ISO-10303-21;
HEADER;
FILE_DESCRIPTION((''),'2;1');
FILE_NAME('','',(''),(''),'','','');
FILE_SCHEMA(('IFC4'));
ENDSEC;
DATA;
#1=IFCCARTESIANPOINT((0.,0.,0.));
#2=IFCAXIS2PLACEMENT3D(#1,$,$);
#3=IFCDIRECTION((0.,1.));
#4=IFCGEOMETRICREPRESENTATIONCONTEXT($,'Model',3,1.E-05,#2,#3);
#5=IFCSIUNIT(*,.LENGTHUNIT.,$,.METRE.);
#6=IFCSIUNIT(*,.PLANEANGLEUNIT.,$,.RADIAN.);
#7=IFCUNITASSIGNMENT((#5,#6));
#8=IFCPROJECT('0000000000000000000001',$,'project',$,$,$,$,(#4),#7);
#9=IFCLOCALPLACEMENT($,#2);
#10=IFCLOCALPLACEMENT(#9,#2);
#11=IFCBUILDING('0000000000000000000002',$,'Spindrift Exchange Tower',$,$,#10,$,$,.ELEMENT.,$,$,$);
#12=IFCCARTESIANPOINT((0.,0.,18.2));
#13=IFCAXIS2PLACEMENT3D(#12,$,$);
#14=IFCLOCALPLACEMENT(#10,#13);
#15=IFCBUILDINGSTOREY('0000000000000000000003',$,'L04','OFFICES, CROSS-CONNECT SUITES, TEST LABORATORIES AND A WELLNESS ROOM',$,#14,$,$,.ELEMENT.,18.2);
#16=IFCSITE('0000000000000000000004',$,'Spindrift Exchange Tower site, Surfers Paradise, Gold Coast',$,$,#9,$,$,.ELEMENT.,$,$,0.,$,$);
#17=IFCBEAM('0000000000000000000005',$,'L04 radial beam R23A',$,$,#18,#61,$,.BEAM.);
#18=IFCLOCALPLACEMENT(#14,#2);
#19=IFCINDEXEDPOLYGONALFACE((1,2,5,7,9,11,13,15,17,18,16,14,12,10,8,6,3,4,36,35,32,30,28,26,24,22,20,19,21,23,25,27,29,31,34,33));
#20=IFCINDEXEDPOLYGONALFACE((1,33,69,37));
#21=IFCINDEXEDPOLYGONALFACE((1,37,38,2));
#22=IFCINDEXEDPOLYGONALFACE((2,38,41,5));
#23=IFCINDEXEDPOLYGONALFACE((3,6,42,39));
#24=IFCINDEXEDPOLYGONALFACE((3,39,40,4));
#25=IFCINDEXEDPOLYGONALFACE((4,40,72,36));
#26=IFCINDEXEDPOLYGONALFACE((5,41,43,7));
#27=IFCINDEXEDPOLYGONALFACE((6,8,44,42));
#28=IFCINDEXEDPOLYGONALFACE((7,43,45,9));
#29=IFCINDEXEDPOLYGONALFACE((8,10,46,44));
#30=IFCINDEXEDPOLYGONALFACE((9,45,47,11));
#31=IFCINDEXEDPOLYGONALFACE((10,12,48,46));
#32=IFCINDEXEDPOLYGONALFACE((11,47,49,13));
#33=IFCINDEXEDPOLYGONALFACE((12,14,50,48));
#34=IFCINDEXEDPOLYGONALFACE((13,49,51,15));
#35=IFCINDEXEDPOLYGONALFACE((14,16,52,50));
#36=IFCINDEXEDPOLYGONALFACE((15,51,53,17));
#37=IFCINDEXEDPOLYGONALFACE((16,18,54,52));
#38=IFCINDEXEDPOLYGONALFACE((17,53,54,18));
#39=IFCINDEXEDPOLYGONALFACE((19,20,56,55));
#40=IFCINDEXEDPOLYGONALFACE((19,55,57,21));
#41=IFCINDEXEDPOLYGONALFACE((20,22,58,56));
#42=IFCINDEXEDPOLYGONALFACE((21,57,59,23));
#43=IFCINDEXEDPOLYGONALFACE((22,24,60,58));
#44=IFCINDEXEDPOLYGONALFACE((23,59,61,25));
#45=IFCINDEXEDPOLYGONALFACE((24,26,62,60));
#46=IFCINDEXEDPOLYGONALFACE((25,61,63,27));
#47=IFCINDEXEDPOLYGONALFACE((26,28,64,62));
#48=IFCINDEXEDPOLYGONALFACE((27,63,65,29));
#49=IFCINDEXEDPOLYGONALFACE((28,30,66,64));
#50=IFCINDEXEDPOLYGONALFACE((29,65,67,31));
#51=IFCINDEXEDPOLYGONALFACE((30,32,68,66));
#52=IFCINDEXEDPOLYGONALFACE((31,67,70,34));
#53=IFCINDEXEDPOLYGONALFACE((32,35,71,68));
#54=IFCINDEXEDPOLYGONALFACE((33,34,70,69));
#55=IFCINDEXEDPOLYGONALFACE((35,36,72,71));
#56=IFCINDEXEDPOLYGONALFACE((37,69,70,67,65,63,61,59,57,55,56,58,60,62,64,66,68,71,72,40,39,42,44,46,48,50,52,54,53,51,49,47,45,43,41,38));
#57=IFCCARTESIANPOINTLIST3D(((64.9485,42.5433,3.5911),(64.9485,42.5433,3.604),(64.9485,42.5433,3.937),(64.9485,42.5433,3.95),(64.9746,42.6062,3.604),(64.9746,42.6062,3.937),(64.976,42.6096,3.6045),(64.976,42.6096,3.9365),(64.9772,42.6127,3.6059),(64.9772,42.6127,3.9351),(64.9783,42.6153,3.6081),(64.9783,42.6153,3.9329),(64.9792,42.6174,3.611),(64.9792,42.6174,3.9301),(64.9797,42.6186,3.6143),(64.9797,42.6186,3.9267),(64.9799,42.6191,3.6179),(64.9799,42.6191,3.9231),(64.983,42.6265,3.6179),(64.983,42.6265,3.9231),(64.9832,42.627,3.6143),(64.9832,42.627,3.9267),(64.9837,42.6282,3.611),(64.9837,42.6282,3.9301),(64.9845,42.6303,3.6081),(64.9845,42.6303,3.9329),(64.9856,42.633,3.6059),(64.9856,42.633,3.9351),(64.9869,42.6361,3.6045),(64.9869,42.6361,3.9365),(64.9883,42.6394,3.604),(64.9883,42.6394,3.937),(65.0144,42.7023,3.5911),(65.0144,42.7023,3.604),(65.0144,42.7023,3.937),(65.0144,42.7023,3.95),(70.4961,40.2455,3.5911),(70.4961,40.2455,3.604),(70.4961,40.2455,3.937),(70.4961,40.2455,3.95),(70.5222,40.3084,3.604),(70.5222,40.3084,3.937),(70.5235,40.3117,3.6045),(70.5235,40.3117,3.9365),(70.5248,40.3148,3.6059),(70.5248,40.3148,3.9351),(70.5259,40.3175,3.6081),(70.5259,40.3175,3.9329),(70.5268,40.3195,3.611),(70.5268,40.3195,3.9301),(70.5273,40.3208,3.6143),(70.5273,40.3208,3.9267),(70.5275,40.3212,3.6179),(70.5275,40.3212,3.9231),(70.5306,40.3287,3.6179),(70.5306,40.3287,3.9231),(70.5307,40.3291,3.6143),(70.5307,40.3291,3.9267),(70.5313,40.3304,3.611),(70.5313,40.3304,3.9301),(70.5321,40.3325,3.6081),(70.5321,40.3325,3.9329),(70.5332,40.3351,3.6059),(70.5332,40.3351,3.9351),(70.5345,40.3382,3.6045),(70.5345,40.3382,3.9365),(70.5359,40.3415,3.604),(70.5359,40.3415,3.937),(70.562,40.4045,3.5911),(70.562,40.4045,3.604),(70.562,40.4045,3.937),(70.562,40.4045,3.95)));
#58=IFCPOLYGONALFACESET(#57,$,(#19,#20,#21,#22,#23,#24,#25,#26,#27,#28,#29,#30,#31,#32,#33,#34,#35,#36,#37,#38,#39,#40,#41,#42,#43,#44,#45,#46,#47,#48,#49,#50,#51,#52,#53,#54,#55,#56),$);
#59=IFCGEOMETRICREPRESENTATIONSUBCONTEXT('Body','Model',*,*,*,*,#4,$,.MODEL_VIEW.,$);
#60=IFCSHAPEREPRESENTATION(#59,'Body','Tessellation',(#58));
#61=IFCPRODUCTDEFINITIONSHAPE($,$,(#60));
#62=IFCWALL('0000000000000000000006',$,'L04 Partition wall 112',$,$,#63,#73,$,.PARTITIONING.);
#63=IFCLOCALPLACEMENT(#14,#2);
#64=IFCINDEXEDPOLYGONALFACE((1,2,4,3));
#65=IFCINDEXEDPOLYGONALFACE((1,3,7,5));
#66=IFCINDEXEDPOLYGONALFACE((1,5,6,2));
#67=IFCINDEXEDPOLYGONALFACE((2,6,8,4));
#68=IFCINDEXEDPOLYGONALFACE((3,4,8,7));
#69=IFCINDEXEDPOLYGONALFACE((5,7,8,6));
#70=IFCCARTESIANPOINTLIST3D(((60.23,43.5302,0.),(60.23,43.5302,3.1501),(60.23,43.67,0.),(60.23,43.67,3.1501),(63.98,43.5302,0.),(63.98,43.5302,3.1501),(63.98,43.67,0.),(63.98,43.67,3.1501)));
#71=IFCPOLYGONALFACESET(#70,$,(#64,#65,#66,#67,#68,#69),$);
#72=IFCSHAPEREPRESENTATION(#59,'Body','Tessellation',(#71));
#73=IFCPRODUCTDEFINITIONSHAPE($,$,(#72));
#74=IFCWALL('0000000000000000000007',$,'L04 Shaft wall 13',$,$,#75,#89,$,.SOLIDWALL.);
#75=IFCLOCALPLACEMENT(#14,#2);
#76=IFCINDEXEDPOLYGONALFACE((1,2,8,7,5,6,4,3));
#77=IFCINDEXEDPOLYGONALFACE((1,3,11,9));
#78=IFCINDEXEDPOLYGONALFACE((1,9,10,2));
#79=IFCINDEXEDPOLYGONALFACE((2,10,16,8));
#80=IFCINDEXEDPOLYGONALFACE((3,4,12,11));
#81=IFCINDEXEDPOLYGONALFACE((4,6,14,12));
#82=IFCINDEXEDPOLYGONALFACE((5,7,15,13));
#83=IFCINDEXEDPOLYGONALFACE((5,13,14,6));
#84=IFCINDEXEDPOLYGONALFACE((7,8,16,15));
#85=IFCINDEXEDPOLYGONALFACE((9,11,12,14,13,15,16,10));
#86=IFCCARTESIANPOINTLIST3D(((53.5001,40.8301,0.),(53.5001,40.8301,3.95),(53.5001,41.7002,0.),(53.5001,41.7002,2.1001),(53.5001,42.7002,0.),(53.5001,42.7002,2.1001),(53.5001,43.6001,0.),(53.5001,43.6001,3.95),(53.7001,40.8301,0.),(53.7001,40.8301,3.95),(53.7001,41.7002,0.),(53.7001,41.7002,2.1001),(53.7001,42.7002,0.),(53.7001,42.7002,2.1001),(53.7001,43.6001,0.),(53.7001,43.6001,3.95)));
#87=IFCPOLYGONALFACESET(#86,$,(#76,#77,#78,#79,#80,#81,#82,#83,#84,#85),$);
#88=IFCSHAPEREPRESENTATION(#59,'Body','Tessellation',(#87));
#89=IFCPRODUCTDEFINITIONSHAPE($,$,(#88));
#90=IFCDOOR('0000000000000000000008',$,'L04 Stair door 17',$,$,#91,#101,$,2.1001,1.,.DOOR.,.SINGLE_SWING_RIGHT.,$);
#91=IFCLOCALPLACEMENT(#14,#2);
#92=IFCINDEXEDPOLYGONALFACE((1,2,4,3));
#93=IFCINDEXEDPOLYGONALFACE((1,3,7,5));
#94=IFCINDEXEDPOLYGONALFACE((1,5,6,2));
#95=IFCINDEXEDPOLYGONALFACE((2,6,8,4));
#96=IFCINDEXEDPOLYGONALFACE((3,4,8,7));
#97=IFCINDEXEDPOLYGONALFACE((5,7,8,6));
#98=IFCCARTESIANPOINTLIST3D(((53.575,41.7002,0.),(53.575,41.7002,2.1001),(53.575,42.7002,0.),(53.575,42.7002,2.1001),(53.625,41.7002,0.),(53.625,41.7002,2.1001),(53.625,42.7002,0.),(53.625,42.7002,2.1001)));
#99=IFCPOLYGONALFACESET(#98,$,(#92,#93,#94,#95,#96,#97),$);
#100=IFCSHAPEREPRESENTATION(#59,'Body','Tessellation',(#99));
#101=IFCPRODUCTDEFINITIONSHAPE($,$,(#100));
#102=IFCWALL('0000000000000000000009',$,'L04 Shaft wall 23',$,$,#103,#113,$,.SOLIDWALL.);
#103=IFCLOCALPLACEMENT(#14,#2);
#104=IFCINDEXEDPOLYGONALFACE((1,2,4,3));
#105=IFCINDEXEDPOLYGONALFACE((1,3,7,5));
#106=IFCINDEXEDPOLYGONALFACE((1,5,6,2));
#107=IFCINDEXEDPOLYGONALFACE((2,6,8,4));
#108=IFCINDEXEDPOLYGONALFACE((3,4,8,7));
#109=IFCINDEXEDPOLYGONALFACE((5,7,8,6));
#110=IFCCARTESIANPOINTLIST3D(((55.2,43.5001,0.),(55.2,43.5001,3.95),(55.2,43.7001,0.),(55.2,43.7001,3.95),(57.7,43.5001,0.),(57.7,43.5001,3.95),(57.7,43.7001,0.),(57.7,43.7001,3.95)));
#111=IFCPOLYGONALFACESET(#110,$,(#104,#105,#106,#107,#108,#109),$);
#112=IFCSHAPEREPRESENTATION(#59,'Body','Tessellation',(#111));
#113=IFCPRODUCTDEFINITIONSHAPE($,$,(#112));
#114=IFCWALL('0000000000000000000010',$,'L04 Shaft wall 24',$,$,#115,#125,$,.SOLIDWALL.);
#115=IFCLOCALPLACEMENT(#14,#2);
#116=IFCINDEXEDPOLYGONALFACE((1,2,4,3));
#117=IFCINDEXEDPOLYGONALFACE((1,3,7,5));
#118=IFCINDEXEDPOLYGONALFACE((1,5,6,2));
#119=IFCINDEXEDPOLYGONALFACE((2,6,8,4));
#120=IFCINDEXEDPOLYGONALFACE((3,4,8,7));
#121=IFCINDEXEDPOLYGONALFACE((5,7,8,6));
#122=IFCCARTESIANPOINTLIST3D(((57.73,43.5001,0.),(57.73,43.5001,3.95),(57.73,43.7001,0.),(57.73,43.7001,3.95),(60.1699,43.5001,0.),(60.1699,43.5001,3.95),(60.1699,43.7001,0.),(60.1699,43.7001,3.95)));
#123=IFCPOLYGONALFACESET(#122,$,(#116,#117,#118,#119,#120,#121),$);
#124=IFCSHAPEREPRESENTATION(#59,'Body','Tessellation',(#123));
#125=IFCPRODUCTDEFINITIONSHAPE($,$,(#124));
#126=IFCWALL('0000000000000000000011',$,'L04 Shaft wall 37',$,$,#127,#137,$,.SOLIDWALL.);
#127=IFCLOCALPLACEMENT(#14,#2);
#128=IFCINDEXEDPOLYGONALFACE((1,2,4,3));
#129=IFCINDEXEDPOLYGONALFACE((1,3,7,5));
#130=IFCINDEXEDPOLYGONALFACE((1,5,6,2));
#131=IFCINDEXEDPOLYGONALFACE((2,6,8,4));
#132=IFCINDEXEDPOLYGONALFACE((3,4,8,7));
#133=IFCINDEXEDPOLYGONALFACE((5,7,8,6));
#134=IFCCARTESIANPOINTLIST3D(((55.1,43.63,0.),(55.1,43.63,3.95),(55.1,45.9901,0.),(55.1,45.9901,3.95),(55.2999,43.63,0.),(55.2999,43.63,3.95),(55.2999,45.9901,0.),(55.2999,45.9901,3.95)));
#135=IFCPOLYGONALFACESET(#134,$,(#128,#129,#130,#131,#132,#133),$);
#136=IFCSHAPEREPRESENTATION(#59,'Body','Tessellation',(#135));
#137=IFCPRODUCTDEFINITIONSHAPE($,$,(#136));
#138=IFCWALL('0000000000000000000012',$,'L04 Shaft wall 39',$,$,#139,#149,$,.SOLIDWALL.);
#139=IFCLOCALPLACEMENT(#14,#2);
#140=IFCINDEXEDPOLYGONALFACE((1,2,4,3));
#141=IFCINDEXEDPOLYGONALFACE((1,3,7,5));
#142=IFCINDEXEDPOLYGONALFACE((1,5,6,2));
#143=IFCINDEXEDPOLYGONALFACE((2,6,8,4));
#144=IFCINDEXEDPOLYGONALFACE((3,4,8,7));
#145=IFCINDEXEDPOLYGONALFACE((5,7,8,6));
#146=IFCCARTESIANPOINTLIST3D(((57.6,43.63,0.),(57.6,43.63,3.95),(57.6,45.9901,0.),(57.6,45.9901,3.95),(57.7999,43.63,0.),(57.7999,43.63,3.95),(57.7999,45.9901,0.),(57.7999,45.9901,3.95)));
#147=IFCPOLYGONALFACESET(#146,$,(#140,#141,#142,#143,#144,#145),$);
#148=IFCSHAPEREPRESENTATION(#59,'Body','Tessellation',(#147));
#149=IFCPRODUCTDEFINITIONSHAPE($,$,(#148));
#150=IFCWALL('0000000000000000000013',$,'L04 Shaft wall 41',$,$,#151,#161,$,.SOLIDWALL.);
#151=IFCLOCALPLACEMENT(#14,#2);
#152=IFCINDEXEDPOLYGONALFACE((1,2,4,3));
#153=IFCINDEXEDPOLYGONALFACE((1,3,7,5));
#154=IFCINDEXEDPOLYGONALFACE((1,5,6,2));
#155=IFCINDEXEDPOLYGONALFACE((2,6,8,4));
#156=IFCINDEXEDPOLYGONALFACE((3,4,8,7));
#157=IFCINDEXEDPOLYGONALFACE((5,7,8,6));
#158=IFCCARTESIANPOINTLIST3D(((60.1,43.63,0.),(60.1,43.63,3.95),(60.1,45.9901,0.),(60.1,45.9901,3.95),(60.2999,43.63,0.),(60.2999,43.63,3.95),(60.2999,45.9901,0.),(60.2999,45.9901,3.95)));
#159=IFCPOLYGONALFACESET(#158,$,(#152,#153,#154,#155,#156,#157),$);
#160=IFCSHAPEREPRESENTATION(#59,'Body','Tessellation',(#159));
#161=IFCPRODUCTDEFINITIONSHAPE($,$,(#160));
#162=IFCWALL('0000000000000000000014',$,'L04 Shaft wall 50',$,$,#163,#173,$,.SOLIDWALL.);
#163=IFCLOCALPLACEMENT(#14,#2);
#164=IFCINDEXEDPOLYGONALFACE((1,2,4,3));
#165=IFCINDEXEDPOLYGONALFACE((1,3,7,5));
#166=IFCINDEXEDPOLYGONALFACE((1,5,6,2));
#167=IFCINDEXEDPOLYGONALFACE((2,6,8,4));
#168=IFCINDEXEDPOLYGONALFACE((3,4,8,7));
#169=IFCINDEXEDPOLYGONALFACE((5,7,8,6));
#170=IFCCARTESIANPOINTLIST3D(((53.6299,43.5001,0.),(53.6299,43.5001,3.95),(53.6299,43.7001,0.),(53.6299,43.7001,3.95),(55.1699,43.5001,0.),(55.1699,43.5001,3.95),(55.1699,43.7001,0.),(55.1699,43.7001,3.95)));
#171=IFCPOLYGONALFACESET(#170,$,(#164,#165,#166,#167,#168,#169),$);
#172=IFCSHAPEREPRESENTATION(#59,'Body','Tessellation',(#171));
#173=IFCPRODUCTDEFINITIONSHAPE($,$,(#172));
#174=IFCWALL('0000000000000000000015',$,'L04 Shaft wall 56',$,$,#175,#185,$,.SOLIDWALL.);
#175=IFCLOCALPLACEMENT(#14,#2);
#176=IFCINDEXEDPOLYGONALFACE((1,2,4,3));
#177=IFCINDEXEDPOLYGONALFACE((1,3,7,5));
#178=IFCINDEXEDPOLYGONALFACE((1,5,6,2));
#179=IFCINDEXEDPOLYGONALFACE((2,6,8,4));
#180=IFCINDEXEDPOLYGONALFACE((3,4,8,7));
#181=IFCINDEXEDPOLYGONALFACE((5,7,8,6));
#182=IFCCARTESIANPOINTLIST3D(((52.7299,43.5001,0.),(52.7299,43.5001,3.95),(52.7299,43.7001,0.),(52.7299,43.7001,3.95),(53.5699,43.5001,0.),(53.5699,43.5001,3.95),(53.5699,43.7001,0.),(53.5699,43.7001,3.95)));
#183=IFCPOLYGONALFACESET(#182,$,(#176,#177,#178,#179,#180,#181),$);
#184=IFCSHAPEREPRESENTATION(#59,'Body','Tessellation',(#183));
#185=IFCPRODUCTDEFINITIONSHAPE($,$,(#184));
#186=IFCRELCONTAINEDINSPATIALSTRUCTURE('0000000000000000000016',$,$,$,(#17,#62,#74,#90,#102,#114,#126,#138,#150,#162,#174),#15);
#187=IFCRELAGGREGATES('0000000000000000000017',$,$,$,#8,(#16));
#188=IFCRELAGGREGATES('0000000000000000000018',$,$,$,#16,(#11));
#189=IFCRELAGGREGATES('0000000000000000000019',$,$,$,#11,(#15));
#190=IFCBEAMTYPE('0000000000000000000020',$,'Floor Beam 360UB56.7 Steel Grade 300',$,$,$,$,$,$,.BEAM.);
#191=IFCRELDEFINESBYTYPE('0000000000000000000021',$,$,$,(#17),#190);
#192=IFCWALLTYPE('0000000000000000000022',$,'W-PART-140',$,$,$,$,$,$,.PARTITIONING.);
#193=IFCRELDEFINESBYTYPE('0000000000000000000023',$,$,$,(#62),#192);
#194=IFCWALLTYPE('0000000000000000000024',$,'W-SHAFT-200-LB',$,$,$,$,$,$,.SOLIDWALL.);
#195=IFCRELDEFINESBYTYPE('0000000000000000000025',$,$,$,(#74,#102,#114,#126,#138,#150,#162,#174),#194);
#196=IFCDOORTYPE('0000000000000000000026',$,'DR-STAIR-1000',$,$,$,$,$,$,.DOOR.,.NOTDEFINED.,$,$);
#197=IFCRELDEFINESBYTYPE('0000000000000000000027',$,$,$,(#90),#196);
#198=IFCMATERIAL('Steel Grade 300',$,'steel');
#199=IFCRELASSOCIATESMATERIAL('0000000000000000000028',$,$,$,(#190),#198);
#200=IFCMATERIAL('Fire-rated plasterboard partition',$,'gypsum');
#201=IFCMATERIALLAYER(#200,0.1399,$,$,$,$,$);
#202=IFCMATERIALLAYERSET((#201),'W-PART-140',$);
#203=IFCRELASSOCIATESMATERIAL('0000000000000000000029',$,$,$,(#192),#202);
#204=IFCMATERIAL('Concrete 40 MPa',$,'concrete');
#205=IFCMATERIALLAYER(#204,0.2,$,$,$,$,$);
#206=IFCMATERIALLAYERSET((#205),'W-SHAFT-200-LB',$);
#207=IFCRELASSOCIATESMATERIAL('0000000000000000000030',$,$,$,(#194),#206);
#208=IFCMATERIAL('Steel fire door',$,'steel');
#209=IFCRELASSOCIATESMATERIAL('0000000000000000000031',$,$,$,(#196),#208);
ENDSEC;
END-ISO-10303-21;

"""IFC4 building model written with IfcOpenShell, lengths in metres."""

from ifc_helpers import new_model, si_unit, direction, frame, frame_2d, origin, origin_2d, place, context, subcontext, project, spatial, rectangle, i_section, extrude, source, transform, mapped, material, layer, layer_set, material_profile, profile_set, type_object, element, fill, save


model = new_model("IFC4")

# Units and contexts
model_context = context("Model", 3, precision=1e-05, world=origin(), true_north=direction((0.0, 1.0)))
body_context = subcontext(model_context, "Body", "Model", "MODEL_VIEW")
ifc_project = project(units=[si_unit("LENGTHUNIT", "METRE"), si_unit("PLANEANGLEUNIT", "RADIAN")], contexts=[model_context])

# Site, building, storey
site_placement = place(None, origin())
site = spatial("IfcSite", under=ifc_project, at=site_placement, Name="Spindrift Exchange Tower site, Surfers Paradise, Gold Coast", CompositionType="ELEMENT", RefElevation=0.0)
building_placement = place(site_placement, origin())
building = spatial("IfcBuilding", under=site, at=building_placement, Name="Spindrift Exchange Tower", CompositionType="ELEMENT")
storey_placement = place(building_placement, frame((0.0, 0.0, 18.2)))
storey = spatial("IfcBuildingStorey", under=building, at=storey_placement, Name="L04", Description="OFFICES, CROSS-CONNECT SUITES, TEST LABORATORIES AND A WELLNESS ROOM", CompositionType="ELEMENT", Elevation=18.2)

# Beam
ifc_material_1 = material(Name="Steel Grade 300", Category="steel")
ifc_material_profile = material_profile(ifc_material_1, i_section(OverallWidth=0.1721, OverallDepth=0.3589, WebThickness=0.0081, FlangeThickness=0.0129, FilletRadius=0.0139, at=origin_2d()), Name="360UB56.7")
ifc_profile_set = profile_set([ifc_material_profile], Name="Steel Grade 300")
beam_type = type_object("IfcBeamType", Name="Floor Beam 360UB56.7 Steel Grade 300", PredefinedType="BEAM", material=ifc_profile_set)
shared_shape_1 = source(origin(), body_context, "Body", "SweptSolid", [
    extrude(i_section(OverallWidth=0.1721, OverallDepth=0.3589, WebThickness=0.0081, FlangeThickness=0.0129, FilletRadius=0.0139, at=origin_2d()), origin(), (0.0, 0.0, 1.0), 6.0046),
])
beam_placement = place(storey_placement, frame((64.9814, 42.6228, 3.7705), z_axis=(0.923882, -0.382677, 0.0), x_axis=(0.382677, 0.923882, 0.0)))
element("IfcBeam", 1, at=beam_placement, inside=storey, type_object=beam_type, Name="L04 radial beam R23A", PredefinedType="BEAM", context=body_context, shape_type="MappedRepresentation", body=[
    mapped(shared_shape_1, transform((0.0, 0.0, 0.0), scale=1.0)),
])

# Wall
ifc_material_2 = material(Name="Fire-rated plasterboard partition", Category="gypsum")
ifc_layer_1 = layer(ifc_material_2, 0.1399)
ifc_layer_set_1 = layer_set([ifc_layer_1], Name="W-PART-140")
wall_type_1 = type_object("IfcWallType", Name="W-PART-140", PredefinedType="PARTITIONING", material=ifc_layer_set_1)
wall_1_placement = place(storey_placement, frame((60.23, 43.6001, 0.0), z_axis=(0.0, 0.0, 1.0), x_axis=(1.0, 0.0, 0.0)))
element("IfcWall", 2, at=wall_1_placement, inside=storey, type_object=wall_type_1, Name="L04 Partition wall 112", PredefinedType="PARTITIONING", context=body_context, shape_type="SweptSolid", body=[
    extrude(rectangle(XDim=3.75, YDim=0.1399, at=frame_2d((1.875, 0.0))), origin(), (0.0, 0.0, 1.0), 3.1501),
])

# Wall, opening, door
ifc_material_3 = material(Name="Concrete 40 MPa", Category="concrete")
ifc_layer_2 = layer(ifc_material_3, 0.2)
ifc_layer_set_2 = layer_set([ifc_layer_2], Name="W-SHAFT-200-LB")
wall_type_2 = type_object("IfcWallType", Name="W-SHAFT-200-LB", PredefinedType="SOLIDWALL", material=ifc_layer_set_2)
wall_2_placement = place(storey_placement, frame((53.6001, 43.6001, 0.0), z_axis=(0.0, 0.0, 1.0), x_axis=(0.0, -1.0, 0.0)))
wall_2 = element("IfcWall", 3, at=wall_2_placement, inside=storey, type_object=wall_type_2, Name="L04 Shaft wall 13", PredefinedType="SOLIDWALL", context=body_context, shape_type="SweptSolid", body=[
    extrude(rectangle(XDim=2.77, YDim=0.2, at=frame_2d((1.385, 0.0))), origin(), (0.0, 0.0, 1.0), 3.95),
])
opening_placement = place(wall_2_placement, frame((0.8999, 0.0, 0.0)))
opening = element("IfcOpeningElement", 4, at=opening_placement, cuts=wall_2, PredefinedType="OPENING", context=body_context, shape_type="SweptSolid", body=[
    extrude(rectangle(XDim=1.0, YDim=2.1001, at=frame_2d((0.5, 1.05))), frame((0.0, 0.1099, 0.0), z_axis=(0.0, -1.0, 0.0), x_axis=(1.0, 0.0, 0.0)), (0.0, 0.0, 1.0), 0.22),
])
ifc_material_4 = material(Name="Steel fire door", Category="steel")
door_type = type_object("IfcDoorType", Name="DR-STAIR-1000", OperationType="NOTDEFINED", PredefinedType="DOOR", material=ifc_material_4)
shared_shape_2 = source(origin(), body_context, "Body", "SweptSolid", [
    extrude(rectangle(XDim=1.0, YDim=2.1001, at=frame_2d((0.5, 1.05))), frame((0.0, 0.0249, 0.0), z_axis=(0.0, -1.0, 0.0), x_axis=(1.0, 0.0, 0.0)), (0.0, 0.0, 1.0), 0.05),
])
door_placement = place(opening_placement, origin())
door = element("IfcDoor", 5, at=door_placement, inside=storey, type_object=door_type, Name="L04 Stair door 17", OperationType="SINGLE_SWING_RIGHT", OverallHeight=2.1001, OverallWidth=1.0, PredefinedType="DOOR", context=body_context, shape_type="MappedRepresentation", body=[
    mapped(shared_shape_2, transform((0.0, 0.0, 0.0), scale=1.0)),
])
fill(opening, door)

# Walls
wall_3_placement = place(storey_placement, frame((55.2, 43.6001, 0.0), z_axis=(0.0, 0.0, 1.0), x_axis=(1.0, 0.0, 0.0)))
element("IfcWall", 6, at=wall_3_placement, inside=storey, type_object=wall_type_2, Name="L04 Shaft wall 23", PredefinedType="SOLIDWALL", context=body_context, shape_type="SweptSolid", body=[
    extrude(rectangle(XDim=2.5, YDim=0.2, at=frame_2d((1.25, 0.0))), origin(), (0.0, 0.0, 1.0), 3.95),
])
wall_4_placement = place(storey_placement, frame((57.73, 43.6001, 0.0), z_axis=(0.0, 0.0, 1.0), x_axis=(1.0, 0.0, 0.0)))
element("IfcWall", 7, at=wall_4_placement, inside=storey, type_object=wall_type_2, Name="L04 Shaft wall 24", PredefinedType="SOLIDWALL", context=body_context, shape_type="SweptSolid", body=[
    extrude(rectangle(XDim=2.4399, YDim=0.2, at=frame_2d((1.22, 0.0))), origin(), (0.0, 0.0, 1.0), 3.95),
])
for number, where, z_axis, x_axis, name in (
    (8, (55.2, 43.6299, 0.0), (0.0, 0.0, 1.0), (0.0, 1.0, 0.0), "L04 Shaft wall 37"),
    (9, (57.7, 43.6299, 0.0), (0.0, 0.0, 1.0), (0.0, 1.0, 0.0), "L04 Shaft wall 39"),
    (10, (60.2, 43.6299, 0.0), (0.0, 0.0, 1.0), (0.0, 1.0, 0.0), "L04 Shaft wall 41"),
):
    element("IfcWall", number, at=place(storey_placement, frame(where, z_axis=z_axis, x_axis=x_axis)), inside=storey, type_object=wall_type_2, Name=name, PredefinedType="SOLIDWALL", context=body_context, shape_type="SweptSolid", body=[
        extrude(rectangle(XDim=2.3601, YDim=0.2, at=frame_2d((1.1802, 0.0))), origin(), (0.0, 0.0, 1.0), 3.95),
    ])
wall_5_placement = place(storey_placement, frame((53.6299, 43.6001, 0.0), z_axis=(0.0, 0.0, 1.0), x_axis=(1.0, 0.0, 0.0)))
element("IfcWall", 11, at=wall_5_placement, inside=storey, type_object=wall_type_2, Name="L04 Shaft wall 50", PredefinedType="SOLIDWALL", context=body_context, shape_type="SweptSolid", body=[
    extrude(rectangle(XDim=1.54, YDim=0.2, at=frame_2d((0.77, 0.0))), origin(), (0.0, 0.0, 1.0), 3.95),
])
wall_6_placement = place(storey_placement, frame((52.73, 43.6001, 0.0), z_axis=(0.0, 0.0, 1.0), x_axis=(1.0, 0.0, 0.0)))
element("IfcWall", 12, at=wall_6_placement, inside=storey, type_object=wall_type_2, Name="L04 Shaft wall 56", PredefinedType="SOLIDWALL", context=body_context, shape_type="SweptSolid", body=[
    extrude(rectangle(XDim=0.8401, YDim=0.2, at=frame_2d((0.4199, 0.0))), origin(), (0.0, 0.0, 1.0), 3.95),
])

save(model, "model.ifc")
